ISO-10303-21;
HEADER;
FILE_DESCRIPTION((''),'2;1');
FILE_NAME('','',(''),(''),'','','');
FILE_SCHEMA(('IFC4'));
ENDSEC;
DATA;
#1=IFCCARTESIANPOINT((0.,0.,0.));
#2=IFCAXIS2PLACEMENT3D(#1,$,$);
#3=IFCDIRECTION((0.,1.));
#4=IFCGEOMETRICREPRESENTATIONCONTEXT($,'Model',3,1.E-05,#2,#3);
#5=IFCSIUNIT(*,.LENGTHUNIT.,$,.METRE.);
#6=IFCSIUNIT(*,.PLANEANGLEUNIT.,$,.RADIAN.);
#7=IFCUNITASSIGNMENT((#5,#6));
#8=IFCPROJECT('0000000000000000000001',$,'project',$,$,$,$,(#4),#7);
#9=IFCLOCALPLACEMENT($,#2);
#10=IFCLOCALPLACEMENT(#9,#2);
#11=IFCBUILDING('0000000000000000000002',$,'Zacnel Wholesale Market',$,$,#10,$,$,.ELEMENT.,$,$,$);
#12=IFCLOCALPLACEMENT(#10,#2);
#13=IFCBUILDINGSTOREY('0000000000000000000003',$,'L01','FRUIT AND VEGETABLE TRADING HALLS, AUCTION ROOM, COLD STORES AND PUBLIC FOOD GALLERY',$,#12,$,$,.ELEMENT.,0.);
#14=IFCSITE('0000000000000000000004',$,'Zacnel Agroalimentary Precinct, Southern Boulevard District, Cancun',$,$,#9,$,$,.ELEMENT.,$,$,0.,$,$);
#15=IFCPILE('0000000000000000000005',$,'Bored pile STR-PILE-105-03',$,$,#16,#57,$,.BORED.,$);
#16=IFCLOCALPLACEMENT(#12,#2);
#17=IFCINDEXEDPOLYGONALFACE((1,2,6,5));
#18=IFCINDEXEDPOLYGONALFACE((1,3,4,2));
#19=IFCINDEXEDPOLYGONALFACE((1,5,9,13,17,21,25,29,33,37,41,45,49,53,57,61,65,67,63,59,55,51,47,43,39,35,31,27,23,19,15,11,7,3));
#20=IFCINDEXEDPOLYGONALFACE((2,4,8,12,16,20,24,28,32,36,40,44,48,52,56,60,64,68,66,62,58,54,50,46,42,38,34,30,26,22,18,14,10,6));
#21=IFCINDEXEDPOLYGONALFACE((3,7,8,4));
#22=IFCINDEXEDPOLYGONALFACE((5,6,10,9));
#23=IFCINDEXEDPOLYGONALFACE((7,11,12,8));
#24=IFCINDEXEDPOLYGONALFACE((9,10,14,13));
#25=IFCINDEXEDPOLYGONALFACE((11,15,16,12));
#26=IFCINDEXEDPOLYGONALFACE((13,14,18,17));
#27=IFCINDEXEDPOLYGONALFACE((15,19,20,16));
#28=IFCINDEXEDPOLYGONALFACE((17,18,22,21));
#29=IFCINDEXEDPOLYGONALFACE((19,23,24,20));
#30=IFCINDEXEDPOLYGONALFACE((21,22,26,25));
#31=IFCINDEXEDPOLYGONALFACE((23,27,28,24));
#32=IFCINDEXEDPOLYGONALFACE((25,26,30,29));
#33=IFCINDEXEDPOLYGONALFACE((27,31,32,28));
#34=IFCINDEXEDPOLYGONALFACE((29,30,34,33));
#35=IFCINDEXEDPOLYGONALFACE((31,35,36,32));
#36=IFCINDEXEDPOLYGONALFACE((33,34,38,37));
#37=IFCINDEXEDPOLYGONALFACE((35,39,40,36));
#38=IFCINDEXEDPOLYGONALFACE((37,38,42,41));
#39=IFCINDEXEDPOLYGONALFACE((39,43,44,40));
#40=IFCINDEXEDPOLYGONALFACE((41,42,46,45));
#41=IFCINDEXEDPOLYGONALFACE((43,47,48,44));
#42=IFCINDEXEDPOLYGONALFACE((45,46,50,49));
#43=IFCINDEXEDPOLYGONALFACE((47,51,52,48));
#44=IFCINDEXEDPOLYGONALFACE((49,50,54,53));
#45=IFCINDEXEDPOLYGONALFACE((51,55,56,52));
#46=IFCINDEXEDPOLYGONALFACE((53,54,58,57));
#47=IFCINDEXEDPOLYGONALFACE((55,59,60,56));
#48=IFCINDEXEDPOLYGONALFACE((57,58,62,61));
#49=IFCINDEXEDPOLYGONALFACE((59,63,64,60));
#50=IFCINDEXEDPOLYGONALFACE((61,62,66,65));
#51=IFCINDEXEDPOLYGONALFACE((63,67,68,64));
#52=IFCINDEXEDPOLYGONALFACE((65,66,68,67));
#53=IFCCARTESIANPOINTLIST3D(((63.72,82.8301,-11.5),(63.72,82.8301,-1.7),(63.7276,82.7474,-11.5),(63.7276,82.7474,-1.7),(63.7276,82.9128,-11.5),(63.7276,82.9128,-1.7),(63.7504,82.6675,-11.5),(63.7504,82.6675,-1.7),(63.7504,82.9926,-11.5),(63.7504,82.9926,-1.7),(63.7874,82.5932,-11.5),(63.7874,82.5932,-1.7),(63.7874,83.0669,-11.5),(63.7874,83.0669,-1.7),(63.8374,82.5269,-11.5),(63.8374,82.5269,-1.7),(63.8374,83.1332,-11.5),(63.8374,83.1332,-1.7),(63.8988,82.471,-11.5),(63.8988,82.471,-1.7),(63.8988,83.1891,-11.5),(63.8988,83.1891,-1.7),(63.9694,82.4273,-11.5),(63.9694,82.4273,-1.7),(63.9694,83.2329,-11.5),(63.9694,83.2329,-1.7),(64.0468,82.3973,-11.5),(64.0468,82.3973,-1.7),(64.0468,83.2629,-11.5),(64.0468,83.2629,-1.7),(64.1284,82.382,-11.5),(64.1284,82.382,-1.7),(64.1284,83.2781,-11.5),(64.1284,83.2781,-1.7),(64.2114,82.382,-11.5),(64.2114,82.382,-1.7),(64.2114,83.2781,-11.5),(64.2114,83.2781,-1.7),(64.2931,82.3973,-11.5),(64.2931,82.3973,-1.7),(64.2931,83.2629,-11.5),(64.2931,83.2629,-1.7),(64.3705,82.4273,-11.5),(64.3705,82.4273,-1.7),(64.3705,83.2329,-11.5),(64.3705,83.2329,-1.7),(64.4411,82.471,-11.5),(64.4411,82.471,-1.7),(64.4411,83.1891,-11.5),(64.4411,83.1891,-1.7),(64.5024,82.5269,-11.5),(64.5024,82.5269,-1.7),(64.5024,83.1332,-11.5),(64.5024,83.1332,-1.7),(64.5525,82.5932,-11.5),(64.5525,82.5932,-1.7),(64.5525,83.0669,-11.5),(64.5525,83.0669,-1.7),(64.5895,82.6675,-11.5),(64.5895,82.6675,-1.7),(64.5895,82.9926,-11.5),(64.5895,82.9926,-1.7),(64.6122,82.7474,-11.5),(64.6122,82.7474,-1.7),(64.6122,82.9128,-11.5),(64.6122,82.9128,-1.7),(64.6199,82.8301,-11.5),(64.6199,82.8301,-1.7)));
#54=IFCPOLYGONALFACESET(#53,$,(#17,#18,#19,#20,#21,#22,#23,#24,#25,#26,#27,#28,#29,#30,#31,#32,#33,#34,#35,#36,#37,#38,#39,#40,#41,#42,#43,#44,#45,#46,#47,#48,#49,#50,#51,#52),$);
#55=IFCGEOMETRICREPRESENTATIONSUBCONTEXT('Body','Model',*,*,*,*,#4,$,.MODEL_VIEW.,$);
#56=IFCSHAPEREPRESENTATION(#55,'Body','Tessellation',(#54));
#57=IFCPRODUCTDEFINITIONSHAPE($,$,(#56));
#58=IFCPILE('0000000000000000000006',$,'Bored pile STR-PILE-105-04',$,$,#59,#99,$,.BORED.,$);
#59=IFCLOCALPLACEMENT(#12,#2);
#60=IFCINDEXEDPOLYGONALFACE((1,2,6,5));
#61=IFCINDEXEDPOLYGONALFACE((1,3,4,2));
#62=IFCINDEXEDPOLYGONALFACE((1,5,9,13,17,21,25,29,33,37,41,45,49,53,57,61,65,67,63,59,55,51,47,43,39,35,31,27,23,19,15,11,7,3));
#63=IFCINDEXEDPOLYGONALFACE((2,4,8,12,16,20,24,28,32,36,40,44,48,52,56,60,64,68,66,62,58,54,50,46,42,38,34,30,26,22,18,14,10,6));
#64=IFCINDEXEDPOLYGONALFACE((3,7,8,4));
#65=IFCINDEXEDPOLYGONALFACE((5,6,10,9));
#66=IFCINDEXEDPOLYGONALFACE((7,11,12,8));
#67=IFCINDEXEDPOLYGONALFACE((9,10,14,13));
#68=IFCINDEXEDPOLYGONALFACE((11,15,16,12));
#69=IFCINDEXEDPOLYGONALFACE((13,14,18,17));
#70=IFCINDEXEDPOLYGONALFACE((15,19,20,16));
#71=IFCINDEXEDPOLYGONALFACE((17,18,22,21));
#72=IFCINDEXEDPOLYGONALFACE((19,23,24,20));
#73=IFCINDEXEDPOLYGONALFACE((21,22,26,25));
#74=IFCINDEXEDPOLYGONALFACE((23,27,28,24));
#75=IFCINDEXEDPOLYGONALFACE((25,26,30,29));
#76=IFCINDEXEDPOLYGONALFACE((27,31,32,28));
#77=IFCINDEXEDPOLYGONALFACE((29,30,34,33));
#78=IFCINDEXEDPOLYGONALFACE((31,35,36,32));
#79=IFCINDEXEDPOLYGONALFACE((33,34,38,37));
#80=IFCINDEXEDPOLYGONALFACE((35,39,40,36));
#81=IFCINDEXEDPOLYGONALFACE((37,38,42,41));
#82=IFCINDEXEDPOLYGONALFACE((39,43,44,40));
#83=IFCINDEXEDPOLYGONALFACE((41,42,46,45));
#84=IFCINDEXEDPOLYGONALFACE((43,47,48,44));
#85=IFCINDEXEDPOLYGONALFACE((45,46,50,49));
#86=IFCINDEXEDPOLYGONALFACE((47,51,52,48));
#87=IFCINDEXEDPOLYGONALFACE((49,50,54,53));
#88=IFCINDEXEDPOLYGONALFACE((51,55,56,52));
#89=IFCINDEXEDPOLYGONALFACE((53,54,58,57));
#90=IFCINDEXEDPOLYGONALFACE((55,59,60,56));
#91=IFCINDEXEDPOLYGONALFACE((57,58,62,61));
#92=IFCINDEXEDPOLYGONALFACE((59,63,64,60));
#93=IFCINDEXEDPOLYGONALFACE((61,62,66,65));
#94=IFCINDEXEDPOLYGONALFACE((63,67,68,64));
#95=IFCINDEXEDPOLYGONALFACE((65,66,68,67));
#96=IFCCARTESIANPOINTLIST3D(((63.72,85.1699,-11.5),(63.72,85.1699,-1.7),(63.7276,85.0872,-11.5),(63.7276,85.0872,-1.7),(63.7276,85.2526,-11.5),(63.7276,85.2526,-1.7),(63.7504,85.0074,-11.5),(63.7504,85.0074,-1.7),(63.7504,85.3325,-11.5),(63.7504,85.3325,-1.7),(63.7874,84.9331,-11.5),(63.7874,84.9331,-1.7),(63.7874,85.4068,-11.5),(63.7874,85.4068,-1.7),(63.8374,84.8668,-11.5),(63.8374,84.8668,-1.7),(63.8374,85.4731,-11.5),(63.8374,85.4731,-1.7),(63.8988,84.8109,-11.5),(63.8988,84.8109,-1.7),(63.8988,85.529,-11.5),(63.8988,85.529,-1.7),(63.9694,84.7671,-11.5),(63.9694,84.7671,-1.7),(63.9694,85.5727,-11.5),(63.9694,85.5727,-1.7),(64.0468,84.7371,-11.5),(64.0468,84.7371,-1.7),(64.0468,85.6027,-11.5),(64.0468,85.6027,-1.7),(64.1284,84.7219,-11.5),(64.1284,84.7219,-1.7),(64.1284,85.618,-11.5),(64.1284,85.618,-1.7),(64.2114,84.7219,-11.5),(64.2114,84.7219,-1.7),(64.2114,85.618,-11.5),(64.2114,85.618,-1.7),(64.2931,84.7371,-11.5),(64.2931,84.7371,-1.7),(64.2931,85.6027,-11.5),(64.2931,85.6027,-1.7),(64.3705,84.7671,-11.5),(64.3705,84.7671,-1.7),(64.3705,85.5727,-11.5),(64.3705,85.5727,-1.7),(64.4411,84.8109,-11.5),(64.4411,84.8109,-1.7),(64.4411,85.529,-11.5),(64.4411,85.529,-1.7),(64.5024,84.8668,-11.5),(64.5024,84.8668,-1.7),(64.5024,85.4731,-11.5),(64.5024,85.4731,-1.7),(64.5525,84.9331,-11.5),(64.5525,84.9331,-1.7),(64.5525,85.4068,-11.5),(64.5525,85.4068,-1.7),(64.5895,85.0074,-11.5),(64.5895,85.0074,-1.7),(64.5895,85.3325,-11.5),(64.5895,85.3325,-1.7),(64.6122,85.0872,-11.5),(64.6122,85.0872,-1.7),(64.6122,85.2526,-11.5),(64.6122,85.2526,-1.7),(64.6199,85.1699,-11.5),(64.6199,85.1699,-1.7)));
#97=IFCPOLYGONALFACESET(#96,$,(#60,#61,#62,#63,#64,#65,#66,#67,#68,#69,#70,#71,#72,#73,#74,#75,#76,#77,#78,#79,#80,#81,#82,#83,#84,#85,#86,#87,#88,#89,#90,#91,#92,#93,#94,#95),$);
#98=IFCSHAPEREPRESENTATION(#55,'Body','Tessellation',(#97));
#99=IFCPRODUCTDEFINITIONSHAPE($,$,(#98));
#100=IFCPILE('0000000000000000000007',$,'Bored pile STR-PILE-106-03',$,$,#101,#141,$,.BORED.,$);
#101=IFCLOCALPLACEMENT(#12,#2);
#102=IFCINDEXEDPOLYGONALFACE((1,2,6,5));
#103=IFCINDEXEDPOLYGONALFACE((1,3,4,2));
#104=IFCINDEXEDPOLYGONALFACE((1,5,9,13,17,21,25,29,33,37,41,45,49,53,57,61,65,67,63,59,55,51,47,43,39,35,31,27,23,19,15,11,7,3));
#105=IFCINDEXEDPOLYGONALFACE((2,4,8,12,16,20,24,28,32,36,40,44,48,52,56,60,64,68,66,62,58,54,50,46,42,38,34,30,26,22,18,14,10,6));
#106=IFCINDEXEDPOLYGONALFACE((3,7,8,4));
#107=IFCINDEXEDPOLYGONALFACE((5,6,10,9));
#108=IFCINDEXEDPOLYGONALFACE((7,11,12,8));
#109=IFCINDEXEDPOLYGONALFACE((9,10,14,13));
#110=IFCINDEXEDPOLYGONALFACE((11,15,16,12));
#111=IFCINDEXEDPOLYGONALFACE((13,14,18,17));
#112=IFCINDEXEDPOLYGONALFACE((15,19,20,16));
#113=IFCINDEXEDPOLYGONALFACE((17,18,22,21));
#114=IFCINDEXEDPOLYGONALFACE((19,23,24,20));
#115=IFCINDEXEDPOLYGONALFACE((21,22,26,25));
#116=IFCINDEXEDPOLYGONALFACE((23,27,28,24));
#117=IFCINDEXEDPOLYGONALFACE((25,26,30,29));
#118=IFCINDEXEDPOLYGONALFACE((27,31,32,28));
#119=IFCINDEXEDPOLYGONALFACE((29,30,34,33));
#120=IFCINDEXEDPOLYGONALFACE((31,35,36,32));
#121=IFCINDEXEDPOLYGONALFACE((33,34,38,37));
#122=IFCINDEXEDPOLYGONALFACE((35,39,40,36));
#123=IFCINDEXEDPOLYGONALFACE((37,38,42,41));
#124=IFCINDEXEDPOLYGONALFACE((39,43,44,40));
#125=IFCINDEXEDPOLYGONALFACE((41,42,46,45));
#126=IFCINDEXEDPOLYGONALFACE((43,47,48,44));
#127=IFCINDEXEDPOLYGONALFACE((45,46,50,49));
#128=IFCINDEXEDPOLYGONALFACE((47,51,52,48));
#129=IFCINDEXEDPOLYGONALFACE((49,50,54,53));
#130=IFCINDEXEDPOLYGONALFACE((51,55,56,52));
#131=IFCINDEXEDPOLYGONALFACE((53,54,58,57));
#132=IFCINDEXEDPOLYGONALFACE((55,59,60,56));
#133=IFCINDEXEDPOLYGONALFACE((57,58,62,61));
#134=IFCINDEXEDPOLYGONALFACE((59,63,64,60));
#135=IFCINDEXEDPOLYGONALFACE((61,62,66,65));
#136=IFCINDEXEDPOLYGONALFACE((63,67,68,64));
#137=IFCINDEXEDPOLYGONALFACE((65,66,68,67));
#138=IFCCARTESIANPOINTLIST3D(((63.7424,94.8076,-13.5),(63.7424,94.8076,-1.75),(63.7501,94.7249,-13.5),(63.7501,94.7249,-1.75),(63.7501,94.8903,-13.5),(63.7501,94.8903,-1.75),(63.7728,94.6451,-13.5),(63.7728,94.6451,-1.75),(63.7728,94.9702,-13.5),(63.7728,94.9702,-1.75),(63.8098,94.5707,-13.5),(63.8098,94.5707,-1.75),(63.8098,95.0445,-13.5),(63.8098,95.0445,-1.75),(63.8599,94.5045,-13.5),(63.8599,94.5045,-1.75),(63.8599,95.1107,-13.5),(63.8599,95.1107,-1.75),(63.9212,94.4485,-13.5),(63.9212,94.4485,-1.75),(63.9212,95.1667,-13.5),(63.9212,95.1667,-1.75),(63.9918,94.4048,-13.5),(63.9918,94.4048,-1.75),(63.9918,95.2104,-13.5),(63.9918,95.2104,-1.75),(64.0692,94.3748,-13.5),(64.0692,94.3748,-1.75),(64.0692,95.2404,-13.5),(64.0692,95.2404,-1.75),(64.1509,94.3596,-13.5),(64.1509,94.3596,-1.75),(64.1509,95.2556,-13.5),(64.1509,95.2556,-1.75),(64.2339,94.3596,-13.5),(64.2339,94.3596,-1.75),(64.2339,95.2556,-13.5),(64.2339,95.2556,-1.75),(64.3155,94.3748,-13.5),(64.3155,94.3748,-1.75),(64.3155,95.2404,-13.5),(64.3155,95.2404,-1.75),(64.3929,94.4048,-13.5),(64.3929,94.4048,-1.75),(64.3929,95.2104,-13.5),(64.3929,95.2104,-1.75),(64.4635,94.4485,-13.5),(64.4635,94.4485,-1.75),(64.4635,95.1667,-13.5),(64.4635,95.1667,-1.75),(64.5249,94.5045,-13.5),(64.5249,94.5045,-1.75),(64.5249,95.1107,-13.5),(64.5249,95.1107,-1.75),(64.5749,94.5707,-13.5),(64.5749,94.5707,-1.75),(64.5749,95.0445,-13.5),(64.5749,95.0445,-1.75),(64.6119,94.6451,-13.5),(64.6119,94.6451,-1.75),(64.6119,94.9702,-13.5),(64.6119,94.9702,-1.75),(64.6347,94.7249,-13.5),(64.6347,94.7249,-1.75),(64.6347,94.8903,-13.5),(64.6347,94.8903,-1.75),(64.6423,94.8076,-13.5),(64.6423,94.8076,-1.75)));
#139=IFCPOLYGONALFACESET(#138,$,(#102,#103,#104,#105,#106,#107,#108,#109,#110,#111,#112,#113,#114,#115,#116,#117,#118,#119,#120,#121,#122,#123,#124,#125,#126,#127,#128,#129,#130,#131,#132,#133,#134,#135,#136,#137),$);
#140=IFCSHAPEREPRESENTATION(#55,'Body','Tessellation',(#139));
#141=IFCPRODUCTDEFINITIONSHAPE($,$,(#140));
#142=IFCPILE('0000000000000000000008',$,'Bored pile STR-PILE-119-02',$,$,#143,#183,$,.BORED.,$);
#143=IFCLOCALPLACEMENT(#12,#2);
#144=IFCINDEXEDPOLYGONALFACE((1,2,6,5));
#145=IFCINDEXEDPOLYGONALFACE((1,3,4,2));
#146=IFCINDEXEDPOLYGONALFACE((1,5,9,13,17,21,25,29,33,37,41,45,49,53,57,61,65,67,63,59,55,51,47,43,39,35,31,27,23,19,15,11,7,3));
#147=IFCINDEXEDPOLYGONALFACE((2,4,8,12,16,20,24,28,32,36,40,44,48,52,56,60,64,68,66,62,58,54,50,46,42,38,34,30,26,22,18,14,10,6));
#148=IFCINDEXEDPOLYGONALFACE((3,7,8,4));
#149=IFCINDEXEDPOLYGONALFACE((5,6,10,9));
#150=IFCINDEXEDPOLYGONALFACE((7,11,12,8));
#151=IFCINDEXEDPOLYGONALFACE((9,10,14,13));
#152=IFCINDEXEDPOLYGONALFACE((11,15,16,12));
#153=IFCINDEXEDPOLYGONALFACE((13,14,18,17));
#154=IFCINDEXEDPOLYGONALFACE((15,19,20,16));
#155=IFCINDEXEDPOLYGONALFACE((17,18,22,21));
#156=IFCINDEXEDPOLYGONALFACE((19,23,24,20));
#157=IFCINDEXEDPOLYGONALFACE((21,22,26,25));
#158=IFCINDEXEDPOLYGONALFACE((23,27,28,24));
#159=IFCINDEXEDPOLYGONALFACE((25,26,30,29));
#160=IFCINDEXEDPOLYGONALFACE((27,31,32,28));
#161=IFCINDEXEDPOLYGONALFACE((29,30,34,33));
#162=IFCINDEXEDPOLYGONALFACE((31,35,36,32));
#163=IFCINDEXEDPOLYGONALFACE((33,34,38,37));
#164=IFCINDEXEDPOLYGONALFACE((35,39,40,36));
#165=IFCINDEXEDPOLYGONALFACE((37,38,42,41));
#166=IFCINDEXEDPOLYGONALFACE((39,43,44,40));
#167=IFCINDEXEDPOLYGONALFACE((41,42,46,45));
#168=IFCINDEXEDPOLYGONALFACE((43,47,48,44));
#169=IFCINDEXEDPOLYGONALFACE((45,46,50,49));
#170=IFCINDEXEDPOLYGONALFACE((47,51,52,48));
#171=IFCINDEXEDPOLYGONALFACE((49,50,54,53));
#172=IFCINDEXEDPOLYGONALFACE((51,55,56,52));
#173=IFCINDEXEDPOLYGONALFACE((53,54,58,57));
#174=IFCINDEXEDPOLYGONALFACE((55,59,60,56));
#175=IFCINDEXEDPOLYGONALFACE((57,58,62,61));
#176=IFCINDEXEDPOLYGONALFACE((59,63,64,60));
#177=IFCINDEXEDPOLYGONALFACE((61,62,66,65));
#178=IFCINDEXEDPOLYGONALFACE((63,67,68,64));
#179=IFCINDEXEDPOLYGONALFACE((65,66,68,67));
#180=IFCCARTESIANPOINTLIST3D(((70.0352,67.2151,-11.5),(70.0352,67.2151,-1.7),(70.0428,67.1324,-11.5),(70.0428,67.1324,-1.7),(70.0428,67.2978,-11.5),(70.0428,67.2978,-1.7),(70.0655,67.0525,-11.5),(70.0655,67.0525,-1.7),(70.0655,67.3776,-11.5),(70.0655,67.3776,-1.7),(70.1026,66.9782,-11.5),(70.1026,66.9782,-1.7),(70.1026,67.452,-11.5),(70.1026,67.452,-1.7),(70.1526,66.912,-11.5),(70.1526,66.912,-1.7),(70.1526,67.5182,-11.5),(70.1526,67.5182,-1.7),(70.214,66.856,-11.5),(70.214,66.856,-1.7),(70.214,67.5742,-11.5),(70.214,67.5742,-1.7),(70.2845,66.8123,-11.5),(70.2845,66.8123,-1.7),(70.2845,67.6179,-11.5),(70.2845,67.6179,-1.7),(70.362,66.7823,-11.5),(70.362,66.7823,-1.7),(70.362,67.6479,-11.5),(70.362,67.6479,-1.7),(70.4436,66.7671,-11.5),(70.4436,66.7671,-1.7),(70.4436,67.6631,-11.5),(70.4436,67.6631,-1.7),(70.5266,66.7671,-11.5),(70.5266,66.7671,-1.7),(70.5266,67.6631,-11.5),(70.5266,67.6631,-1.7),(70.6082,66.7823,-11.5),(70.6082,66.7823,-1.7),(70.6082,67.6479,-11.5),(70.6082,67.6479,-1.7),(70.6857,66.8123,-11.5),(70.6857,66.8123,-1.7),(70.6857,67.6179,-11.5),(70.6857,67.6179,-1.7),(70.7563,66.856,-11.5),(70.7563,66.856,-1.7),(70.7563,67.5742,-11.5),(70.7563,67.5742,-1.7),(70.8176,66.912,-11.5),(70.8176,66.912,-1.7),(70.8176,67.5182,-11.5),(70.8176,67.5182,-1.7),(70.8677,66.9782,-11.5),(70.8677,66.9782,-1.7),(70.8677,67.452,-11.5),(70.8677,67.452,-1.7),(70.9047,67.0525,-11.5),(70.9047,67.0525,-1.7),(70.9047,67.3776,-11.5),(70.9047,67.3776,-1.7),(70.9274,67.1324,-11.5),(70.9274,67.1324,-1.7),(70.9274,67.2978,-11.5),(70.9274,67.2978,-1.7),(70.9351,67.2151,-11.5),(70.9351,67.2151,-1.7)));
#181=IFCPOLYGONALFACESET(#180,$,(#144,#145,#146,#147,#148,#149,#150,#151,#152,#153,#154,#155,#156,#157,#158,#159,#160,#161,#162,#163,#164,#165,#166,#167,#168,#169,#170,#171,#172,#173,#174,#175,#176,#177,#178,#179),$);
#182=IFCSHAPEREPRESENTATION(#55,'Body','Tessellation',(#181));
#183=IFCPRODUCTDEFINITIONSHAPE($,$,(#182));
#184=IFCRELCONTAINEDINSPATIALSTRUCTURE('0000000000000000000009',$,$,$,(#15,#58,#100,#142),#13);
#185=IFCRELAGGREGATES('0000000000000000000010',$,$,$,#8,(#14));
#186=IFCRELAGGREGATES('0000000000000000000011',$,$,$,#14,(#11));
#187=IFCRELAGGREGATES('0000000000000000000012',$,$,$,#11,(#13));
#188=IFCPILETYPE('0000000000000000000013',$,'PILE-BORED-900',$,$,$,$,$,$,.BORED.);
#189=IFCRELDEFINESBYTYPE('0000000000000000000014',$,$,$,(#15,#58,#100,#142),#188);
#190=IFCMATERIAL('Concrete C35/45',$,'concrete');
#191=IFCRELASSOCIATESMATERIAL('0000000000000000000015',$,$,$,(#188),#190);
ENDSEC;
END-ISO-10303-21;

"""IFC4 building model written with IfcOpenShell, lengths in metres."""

from ifc_helpers import new_model, si_unit, direction, frame, origin, origin_2d, place, context, subcontext, project, spatial, circle, extrude, material, material_profile, profile_set, type_object, element, save


model = new_model("IFC4")

# Units and contexts
model_context = context("Model", 3, precision=1e-05, world=origin(), true_north=direction((0.0, 1.0)))
body_context = subcontext(model_context, "Body", "Model", "MODEL_VIEW")
ifc_project = project(units=[si_unit("LENGTHUNIT", "METRE"), si_unit("PLANEANGLEUNIT", "RADIAN")], contexts=[model_context])

# Site, building, storey
site_placement = place(None, origin())
site = spatial("IfcSite", under=ifc_project, at=site_placement, Name="Zacnel Agroalimentary Precinct, Southern Boulevard District, Cancun", CompositionType="ELEMENT", RefElevation=0.0)
building_placement = place(site_placement, origin())
building = spatial("IfcBuilding", under=site, at=building_placement, Name="Zacnel Wholesale Market", CompositionType="ELEMENT")
storey_placement = place(building_placement, origin())
storey = spatial("IfcBuildingStorey", under=building, at=storey_placement, Name="L01", Description="FRUIT AND VEGETABLE TRADING HALLS, AUCTION ROOM, COLD STORES AND PUBLIC FOOD GALLERY", CompositionType="ELEMENT", Elevation=0.0)

# Piles
ifc_material_1 = material(Name="Concrete C35/45", Category="concrete")
ifc_material_profile_1 = material_profile(ifc_material_1, circle(Radius=0.45, at=origin_2d()), Name="BORED PILE D900")
ifc_profile_set_1 = profile_set([ifc_material_profile_1], Name="Concrete C35/45")
pile_type_1 = type_object("IfcPileType", Name="PILE-BORED-900", PredefinedType="BORED", material=ifc_profile_set_1)
for number, where, z_axis, x_axis, name in (
    (1, (64.1699, 82.8301, -1.7), (0.0, 0.0, -1.0), (1.0, 0.0, 0.0), "Bored pile STR-PILE-105-03"),
    (2, (64.1699, 85.1699, -1.7), (0.0, 0.0, -1.0), (1.0, 0.0, 0.0), "Bored pile STR-PILE-105-04"),
):
    element("IfcPile", number, at=place(storey_placement, frame(where, z_axis=z_axis, x_axis=x_axis)), inside=storey, type_object=pile_type_1, Name=name, PredefinedType="BORED", context=body_context, shape_type="SweptSolid", body=[
        extrude(circle(Radius=0.45, at=origin_2d()), origin(), (0.0, 0.0, 1.0), 9.8),
    ])
pile_1_placement = place(storey_placement, frame((64.1924, 94.8076, -1.75), z_axis=(0.0, 0.0, -1.0), x_axis=(1.0, 0.0, 0.0)))
element("IfcPile", 3, at=pile_1_placement, inside=storey, type_object=pile_type_1, Name="Bored pile STR-PILE-106-03", PredefinedType="BORED", context=body_context, shape_type="SweptSolid", body=[
    extrude(circle(Radius=0.45, at=origin_2d()), origin(), (0.0, 0.0, 1.0), 11.75),
])
pile_2_placement = place(storey_placement, frame((70.4851, 67.2151, -1.7), z_axis=(0.0, 0.0, -1.0), x_axis=(1.0, 0.0, 0.0)))
element("IfcPile", 4, at=pile_2_placement, inside=storey, type_object=pile_type_1, Name="Bored pile STR-PILE-119-02", PredefinedType="BORED", context=body_context, shape_type="SweptSolid", body=[
    extrude(circle(Radius=0.45, at=origin_2d()), origin(), (0.0, 0.0, 1.0), 9.8),
])

save(model, "model.ifc")
